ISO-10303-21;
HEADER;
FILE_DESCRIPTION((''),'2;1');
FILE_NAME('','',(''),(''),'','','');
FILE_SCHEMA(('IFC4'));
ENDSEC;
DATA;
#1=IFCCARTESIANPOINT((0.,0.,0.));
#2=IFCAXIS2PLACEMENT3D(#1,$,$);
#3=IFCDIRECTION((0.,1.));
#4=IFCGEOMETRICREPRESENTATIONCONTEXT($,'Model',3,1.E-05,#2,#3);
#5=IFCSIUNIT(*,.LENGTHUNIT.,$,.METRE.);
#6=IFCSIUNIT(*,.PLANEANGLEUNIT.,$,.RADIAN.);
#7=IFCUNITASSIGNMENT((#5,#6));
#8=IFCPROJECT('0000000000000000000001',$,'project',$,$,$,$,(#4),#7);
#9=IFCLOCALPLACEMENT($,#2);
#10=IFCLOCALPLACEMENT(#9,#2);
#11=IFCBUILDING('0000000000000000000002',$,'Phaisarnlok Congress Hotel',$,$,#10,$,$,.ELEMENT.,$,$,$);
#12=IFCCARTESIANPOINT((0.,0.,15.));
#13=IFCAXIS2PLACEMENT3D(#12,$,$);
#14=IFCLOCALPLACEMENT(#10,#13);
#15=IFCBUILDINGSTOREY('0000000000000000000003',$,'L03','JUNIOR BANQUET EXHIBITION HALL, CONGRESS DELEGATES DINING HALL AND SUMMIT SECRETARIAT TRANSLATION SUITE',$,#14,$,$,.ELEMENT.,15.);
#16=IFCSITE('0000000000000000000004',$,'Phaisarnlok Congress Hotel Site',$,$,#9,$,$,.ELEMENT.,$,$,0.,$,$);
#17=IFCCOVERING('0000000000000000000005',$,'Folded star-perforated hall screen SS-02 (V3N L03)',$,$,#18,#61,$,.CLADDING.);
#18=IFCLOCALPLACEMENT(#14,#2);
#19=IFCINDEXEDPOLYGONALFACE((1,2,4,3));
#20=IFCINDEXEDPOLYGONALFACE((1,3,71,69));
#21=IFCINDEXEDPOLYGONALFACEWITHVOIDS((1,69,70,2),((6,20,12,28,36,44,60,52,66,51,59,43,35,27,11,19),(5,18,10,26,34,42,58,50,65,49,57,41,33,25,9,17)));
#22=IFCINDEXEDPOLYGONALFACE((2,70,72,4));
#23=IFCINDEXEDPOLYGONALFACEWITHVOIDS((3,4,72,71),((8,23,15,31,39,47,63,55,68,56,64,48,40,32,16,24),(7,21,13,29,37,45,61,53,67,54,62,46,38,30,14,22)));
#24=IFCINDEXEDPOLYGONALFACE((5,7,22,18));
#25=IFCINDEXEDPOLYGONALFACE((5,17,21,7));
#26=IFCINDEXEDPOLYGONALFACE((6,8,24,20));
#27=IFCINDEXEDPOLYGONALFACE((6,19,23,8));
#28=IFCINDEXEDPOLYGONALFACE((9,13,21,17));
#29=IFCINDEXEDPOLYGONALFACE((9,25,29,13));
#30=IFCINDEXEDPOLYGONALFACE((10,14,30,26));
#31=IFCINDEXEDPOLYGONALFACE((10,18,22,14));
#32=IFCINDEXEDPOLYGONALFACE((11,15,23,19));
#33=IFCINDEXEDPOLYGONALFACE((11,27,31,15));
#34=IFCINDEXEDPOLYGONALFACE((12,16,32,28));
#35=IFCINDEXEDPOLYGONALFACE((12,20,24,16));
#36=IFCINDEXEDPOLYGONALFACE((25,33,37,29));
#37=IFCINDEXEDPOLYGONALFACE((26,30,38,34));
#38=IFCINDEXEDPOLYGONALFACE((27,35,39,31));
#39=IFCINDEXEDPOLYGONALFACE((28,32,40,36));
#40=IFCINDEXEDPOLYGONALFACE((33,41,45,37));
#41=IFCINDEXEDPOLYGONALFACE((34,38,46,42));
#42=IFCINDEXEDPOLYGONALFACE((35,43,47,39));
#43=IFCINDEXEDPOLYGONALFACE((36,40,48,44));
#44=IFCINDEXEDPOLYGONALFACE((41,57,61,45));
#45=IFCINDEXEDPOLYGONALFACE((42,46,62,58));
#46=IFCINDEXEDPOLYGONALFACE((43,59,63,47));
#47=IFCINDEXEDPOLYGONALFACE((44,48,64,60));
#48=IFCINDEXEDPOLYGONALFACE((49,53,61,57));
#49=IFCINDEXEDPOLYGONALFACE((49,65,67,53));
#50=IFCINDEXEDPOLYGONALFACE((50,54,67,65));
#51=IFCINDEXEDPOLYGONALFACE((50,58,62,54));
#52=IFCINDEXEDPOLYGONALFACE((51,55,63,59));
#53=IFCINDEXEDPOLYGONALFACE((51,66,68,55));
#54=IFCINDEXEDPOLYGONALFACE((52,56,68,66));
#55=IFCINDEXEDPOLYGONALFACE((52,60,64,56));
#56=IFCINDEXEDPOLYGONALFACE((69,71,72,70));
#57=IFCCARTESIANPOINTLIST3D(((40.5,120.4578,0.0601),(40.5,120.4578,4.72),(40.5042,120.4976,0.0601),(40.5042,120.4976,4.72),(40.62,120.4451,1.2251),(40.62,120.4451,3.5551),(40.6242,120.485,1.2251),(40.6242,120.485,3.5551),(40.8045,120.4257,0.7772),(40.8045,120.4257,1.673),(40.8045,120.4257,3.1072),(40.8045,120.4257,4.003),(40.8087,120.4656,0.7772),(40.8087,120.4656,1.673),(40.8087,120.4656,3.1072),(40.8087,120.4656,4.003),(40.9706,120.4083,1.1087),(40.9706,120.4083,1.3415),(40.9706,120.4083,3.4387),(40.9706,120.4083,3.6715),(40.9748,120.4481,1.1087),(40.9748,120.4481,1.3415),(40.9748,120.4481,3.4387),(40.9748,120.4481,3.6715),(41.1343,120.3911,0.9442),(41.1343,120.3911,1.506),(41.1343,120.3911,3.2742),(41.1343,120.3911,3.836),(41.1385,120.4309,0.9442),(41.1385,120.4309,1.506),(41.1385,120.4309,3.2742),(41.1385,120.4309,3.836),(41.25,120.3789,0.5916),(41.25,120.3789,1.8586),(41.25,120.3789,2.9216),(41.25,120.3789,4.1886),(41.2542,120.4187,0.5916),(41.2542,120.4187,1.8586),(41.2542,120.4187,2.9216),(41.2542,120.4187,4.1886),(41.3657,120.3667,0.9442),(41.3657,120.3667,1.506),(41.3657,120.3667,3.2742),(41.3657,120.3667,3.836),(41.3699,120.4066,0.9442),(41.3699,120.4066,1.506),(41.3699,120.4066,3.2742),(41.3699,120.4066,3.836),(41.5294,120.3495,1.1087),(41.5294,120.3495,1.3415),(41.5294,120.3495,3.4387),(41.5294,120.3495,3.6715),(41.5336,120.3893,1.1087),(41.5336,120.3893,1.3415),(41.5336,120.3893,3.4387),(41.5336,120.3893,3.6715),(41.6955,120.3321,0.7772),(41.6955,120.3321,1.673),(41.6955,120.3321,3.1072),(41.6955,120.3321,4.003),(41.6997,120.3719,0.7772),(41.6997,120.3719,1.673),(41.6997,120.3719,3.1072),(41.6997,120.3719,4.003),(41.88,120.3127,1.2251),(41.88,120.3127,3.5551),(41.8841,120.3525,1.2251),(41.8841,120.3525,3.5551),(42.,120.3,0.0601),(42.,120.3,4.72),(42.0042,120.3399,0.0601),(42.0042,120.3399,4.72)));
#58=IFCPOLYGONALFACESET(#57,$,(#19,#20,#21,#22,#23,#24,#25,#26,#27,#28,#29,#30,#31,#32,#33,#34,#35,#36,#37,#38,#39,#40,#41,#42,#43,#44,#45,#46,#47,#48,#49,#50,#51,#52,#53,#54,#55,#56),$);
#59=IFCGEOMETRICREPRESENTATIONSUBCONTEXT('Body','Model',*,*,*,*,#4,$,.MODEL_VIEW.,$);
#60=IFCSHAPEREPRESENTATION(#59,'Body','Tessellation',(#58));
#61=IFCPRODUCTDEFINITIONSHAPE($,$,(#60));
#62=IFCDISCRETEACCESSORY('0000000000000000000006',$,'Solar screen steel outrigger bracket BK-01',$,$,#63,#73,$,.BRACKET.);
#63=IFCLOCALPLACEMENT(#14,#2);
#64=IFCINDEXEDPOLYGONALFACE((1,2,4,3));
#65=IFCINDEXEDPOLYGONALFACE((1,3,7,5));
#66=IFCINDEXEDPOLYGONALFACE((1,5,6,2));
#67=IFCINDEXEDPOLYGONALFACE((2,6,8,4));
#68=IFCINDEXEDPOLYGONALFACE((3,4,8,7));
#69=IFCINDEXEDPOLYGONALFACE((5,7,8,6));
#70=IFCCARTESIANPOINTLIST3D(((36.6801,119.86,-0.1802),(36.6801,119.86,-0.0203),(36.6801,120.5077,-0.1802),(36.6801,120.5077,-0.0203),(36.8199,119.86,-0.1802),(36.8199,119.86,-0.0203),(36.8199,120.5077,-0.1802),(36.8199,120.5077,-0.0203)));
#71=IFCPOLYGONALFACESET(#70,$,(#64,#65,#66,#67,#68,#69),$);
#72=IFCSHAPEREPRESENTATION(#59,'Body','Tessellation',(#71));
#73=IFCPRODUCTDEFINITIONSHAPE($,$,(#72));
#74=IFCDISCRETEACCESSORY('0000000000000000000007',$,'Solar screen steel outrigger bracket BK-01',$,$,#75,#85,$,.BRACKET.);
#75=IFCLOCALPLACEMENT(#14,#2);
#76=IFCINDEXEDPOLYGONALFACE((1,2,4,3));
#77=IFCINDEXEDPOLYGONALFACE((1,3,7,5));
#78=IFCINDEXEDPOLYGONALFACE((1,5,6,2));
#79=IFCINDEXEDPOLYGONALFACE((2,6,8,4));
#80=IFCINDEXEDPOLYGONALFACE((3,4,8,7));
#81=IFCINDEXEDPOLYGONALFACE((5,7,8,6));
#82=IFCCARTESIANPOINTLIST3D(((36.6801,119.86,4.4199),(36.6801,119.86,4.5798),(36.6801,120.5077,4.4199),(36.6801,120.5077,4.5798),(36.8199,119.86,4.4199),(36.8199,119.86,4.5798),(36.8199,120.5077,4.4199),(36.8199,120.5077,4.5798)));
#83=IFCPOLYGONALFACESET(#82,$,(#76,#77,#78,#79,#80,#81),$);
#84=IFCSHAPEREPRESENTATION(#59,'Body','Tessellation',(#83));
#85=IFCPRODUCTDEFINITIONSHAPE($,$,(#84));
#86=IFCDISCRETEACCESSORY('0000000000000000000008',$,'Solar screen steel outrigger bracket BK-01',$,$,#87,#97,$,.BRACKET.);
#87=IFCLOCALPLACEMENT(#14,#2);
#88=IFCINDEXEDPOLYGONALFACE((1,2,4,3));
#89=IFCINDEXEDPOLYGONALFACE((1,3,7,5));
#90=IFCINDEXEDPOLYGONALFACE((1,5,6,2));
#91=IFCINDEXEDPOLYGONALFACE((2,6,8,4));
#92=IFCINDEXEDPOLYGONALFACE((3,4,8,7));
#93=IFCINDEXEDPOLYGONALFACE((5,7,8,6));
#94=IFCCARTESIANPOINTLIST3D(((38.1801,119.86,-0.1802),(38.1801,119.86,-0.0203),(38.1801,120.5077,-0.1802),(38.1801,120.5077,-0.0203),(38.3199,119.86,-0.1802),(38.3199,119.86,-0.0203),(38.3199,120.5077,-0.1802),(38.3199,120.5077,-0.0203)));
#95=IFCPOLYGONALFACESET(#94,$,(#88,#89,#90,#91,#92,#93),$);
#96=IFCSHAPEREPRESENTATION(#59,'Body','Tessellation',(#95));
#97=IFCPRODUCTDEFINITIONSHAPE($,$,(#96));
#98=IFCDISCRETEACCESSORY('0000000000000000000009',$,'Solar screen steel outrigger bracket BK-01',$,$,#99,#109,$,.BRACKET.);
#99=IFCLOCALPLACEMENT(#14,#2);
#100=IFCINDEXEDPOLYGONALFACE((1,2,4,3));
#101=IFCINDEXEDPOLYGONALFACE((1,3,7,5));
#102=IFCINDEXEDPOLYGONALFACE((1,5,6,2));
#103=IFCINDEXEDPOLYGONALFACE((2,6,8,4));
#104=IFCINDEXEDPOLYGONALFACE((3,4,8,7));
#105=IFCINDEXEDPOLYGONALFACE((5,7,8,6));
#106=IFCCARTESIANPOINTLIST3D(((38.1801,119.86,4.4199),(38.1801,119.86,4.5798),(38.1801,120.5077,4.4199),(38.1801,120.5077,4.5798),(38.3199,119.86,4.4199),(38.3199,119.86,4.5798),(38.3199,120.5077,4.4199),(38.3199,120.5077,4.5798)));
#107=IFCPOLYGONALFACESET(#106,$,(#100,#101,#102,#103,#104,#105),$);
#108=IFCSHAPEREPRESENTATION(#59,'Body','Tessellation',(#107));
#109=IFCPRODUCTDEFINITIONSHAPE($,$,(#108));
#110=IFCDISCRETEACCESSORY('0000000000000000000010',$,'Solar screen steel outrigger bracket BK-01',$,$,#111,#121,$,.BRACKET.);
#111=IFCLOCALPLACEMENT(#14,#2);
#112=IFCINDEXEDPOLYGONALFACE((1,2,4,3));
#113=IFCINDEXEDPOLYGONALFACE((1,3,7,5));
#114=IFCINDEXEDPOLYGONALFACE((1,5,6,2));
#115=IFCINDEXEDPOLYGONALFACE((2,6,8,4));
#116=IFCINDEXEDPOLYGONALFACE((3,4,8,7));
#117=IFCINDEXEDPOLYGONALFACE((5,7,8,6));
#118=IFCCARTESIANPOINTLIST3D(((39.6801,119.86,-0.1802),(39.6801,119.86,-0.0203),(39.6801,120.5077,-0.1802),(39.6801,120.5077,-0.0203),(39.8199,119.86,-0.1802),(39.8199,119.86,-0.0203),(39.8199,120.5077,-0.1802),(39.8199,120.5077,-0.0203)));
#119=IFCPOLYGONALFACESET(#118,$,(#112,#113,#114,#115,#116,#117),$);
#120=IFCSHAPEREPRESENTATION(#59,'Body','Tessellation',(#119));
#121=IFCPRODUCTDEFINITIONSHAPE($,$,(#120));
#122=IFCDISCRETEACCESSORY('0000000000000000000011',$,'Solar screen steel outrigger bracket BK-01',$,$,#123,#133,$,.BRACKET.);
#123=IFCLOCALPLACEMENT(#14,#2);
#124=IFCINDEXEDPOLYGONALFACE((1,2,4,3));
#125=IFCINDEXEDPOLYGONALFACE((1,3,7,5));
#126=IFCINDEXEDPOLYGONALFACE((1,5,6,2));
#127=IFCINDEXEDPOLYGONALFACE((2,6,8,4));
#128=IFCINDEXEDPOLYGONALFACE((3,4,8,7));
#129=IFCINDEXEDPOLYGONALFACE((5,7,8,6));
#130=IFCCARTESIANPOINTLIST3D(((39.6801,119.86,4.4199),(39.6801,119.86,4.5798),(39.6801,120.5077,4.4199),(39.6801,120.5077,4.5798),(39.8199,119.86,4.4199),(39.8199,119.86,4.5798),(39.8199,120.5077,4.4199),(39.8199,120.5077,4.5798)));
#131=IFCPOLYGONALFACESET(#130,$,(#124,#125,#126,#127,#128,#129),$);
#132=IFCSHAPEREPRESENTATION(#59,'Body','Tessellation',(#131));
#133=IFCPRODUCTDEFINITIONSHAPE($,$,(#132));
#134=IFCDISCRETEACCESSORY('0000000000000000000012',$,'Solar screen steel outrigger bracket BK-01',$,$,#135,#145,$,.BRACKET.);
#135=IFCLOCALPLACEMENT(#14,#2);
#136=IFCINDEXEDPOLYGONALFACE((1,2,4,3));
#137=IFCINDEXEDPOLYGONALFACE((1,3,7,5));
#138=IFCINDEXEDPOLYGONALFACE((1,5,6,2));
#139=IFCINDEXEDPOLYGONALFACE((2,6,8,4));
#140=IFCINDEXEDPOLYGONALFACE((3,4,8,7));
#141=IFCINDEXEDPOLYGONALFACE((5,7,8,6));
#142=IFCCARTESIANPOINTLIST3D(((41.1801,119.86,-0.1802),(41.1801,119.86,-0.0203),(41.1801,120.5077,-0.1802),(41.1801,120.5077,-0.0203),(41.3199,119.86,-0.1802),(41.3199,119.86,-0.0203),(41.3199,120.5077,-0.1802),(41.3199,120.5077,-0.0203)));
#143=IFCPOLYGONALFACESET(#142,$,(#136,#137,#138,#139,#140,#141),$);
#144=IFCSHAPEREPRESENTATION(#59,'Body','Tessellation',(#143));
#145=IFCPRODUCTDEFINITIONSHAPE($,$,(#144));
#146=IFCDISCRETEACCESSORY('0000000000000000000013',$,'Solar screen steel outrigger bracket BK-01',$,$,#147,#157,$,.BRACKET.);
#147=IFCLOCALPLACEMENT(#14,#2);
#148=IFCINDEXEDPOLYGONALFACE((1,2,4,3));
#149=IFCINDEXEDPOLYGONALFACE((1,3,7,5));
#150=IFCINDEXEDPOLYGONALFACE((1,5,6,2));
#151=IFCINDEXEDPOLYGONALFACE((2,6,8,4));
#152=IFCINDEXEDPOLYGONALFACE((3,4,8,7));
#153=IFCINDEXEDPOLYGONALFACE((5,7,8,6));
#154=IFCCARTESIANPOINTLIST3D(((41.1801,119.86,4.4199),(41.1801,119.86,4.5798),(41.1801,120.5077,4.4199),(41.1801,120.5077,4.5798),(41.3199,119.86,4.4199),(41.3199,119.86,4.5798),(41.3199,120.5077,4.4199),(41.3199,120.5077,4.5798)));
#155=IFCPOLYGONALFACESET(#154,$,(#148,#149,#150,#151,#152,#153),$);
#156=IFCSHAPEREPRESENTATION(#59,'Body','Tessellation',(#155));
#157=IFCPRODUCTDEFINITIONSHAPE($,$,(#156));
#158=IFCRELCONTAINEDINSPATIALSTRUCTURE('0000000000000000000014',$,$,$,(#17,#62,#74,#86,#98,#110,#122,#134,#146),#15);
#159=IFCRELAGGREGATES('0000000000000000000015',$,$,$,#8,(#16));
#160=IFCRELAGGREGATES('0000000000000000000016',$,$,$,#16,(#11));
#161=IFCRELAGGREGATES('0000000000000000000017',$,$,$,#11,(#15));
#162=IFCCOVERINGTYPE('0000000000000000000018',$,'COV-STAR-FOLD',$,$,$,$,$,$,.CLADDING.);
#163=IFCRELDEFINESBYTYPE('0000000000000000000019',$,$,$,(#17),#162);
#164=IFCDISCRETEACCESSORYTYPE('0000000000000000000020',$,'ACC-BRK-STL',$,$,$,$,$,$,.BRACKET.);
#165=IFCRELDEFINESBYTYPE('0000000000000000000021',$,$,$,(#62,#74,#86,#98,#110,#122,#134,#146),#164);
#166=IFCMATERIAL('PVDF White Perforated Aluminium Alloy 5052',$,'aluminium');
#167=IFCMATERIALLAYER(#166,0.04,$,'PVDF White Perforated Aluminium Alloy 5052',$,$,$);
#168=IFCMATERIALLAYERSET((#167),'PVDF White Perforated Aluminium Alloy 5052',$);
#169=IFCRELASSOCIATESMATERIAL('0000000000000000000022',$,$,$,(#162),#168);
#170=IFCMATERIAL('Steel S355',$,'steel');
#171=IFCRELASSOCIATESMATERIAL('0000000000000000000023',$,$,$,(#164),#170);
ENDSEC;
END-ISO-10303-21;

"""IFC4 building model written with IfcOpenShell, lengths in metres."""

from ifc_helpers import new_model, si_unit, direction, frame, origin, origin_2d, place, context, subcontext, project, spatial, polyline, rectangle, outline, extrude, material, layer, layer_set, type_object, element, save


model = new_model("IFC4")

# Units and contexts
model_context = context("Model", 3, precision=1e-05, world=origin(), true_north=direction((0.0, 1.0)))
body_context = subcontext(model_context, "Body", "Model", "MODEL_VIEW")
ifc_project = project(units=[si_unit("LENGTHUNIT", "METRE"), si_unit("PLANEANGLEUNIT", "RADIAN")], contexts=[model_context])

# Site, building, storey
site_placement = place(None, origin())
site = spatial("IfcSite", under=ifc_project, at=site_placement, Name="Phaisarnlok Congress Hotel Site", CompositionType="ELEMENT", RefElevation=0.0)
building_placement = place(site_placement, origin())
building = spatial("IfcBuilding", under=site, at=building_placement, Name="Phaisarnlok Congress Hotel", CompositionType="ELEMENT")
storey_placement = place(building_placement, frame((0.0, 0.0, 15.0)))
storey = spatial("IfcBuildingStorey", under=building, at=storey_placement, Name="L03", Description="JUNIOR BANQUET EXHIBITION HALL, CONGRESS DELEGATES DINING HALL AND SUMMIT SECRETARIAT TRANSLATION SUITE", CompositionType="ELEMENT", Elevation=15.0)

# Shared definitions
ifc_material_1 = material(Name="Steel S355", Category="steel")

# Covering
ifc_material_2 = material(Name="PVDF White Perforated Aluminium Alloy 5052", Category="aluminium")
ifc_layer_1 = layer(ifc_material_2, 0.04, Name="PVDF White Perforated Aluminium Alloy 5052")
ifc_layer_set_1 = layer_set([ifc_layer_1], Name="PVDF White Perforated Aluminium Alloy 5052")
covering_type = type_object("IfcCoveringType", Name="COV-STAR-FOLD", PredefinedType="CLADDING", material=ifc_layer_set_1)
for number, where, z_axis, x_axis, name in (
    (1, (42.0, 120.3, 0.0601), (0.104567, 0.994518, 0.0), (-0.994518, 0.104567, 0.0), "Folded star-perforated hall screen SS-02 (V3N L03)"),
):
    element("IfcCovering", number, at=place(storey_placement, frame(where, z_axis=z_axis, x_axis=x_axis)), inside=storey, type_object=covering_type, Name=name, PredefinedType="CLADDING", context=body_context, shape_type="SweptSolid", body=[
        extrude(outline(polyline([(0.0, 0.0), (1.5083, 0.0), (1.5083, 4.6599), (0.0, 4.6599), (0.0, 0.0)]), holes=[polyline([(1.0351, 1.0486), (1.2021, 0.7171), (0.8705, 0.8841), (0.7541, 0.5315), (0.6378, 0.8841), (0.3062, 0.7171), (0.4732, 1.0486), (0.1207, 1.165), (0.4732, 1.2814), (0.3062, 1.6129), (0.6378, 1.4459), (0.7541, 1.7985), (0.8705, 1.4459), (1.2021, 1.6129), (1.0351, 1.2814), (1.3876, 1.165), (1.0351, 1.0486)]), polyline([(1.0351, 3.3786), (1.2021, 3.0471), (0.8705, 3.2141), (0.7541, 2.8615), (0.6378, 3.2141), (0.3062, 3.0471), (0.4732, 3.3786), (0.1207, 3.495), (0.4732, 3.6114), (0.3062, 3.9429), (0.6378, 3.7759), (0.7541, 4.1285), (0.8705, 3.7759), (1.2021, 3.9429), (1.0351, 3.6114), (1.3876, 3.495), (1.0351, 3.3786)])]), origin(), (0.0, 0.0, 1.0), 0.04),
    ])

# Discrete accessories
discrete_accessory_type = type_object("IfcDiscreteAccessoryType", Name="ACC-BRK-STL", PredefinedType="BRACKET", material=ifc_material_1)
for number, where, z_axis, x_axis, name in (
    (2, (36.75, 120.1838, -0.1802), (0.0, 0.0, 1.0), (1.0, 0.0, 0.0), "Solar screen steel outrigger bracket BK-01"),
    (3, (36.75, 120.1838, 4.4199), (0.0, 0.0, 1.0), (1.0, 0.0, 0.0), "Solar screen steel outrigger bracket BK-01"),
    (4, (38.25, 120.1838, -0.1802), (0.0, 0.0, 1.0), (1.0, 0.0, 0.0), "Solar screen steel outrigger bracket BK-01"),
    (5, (38.25, 120.1838, 4.4199), (0.0, 0.0, 1.0), (1.0, 0.0, 0.0), "Solar screen steel outrigger bracket BK-01"),
    (6, (39.75, 120.1838, -0.1802), (0.0, 0.0, 1.0), (1.0, 0.0, 0.0), "Solar screen steel outrigger bracket BK-01"),
    (7, (39.75, 120.1838, 4.4199), (0.0, 0.0, 1.0), (1.0, 0.0, 0.0), "Solar screen steel outrigger bracket BK-01"),
    (8, (41.25, 120.1838, -0.1802), (0.0, 0.0, 1.0), (1.0, 0.0, 0.0), "Solar screen steel outrigger bracket BK-01"),
    (9, (41.25, 120.1838, 4.4199), (0.0, 0.0, 1.0), (1.0, 0.0, 0.0), "Solar screen steel outrigger bracket BK-01"),
):
    element("IfcDiscreteAccessory", number, at=place(storey_placement, frame(where, z_axis=z_axis, x_axis=x_axis)), inside=storey, type_object=discrete_accessory_type, Name=name, PredefinedType="BRACKET", context=body_context, shape_type="SweptSolid", body=[
        extrude(rectangle(XDim=0.1399, YDim=0.6477, at=origin_2d()), origin(), (0.0, 0.0, 1.0), 0.1599),
    ])

save(model, "model.ifc")
